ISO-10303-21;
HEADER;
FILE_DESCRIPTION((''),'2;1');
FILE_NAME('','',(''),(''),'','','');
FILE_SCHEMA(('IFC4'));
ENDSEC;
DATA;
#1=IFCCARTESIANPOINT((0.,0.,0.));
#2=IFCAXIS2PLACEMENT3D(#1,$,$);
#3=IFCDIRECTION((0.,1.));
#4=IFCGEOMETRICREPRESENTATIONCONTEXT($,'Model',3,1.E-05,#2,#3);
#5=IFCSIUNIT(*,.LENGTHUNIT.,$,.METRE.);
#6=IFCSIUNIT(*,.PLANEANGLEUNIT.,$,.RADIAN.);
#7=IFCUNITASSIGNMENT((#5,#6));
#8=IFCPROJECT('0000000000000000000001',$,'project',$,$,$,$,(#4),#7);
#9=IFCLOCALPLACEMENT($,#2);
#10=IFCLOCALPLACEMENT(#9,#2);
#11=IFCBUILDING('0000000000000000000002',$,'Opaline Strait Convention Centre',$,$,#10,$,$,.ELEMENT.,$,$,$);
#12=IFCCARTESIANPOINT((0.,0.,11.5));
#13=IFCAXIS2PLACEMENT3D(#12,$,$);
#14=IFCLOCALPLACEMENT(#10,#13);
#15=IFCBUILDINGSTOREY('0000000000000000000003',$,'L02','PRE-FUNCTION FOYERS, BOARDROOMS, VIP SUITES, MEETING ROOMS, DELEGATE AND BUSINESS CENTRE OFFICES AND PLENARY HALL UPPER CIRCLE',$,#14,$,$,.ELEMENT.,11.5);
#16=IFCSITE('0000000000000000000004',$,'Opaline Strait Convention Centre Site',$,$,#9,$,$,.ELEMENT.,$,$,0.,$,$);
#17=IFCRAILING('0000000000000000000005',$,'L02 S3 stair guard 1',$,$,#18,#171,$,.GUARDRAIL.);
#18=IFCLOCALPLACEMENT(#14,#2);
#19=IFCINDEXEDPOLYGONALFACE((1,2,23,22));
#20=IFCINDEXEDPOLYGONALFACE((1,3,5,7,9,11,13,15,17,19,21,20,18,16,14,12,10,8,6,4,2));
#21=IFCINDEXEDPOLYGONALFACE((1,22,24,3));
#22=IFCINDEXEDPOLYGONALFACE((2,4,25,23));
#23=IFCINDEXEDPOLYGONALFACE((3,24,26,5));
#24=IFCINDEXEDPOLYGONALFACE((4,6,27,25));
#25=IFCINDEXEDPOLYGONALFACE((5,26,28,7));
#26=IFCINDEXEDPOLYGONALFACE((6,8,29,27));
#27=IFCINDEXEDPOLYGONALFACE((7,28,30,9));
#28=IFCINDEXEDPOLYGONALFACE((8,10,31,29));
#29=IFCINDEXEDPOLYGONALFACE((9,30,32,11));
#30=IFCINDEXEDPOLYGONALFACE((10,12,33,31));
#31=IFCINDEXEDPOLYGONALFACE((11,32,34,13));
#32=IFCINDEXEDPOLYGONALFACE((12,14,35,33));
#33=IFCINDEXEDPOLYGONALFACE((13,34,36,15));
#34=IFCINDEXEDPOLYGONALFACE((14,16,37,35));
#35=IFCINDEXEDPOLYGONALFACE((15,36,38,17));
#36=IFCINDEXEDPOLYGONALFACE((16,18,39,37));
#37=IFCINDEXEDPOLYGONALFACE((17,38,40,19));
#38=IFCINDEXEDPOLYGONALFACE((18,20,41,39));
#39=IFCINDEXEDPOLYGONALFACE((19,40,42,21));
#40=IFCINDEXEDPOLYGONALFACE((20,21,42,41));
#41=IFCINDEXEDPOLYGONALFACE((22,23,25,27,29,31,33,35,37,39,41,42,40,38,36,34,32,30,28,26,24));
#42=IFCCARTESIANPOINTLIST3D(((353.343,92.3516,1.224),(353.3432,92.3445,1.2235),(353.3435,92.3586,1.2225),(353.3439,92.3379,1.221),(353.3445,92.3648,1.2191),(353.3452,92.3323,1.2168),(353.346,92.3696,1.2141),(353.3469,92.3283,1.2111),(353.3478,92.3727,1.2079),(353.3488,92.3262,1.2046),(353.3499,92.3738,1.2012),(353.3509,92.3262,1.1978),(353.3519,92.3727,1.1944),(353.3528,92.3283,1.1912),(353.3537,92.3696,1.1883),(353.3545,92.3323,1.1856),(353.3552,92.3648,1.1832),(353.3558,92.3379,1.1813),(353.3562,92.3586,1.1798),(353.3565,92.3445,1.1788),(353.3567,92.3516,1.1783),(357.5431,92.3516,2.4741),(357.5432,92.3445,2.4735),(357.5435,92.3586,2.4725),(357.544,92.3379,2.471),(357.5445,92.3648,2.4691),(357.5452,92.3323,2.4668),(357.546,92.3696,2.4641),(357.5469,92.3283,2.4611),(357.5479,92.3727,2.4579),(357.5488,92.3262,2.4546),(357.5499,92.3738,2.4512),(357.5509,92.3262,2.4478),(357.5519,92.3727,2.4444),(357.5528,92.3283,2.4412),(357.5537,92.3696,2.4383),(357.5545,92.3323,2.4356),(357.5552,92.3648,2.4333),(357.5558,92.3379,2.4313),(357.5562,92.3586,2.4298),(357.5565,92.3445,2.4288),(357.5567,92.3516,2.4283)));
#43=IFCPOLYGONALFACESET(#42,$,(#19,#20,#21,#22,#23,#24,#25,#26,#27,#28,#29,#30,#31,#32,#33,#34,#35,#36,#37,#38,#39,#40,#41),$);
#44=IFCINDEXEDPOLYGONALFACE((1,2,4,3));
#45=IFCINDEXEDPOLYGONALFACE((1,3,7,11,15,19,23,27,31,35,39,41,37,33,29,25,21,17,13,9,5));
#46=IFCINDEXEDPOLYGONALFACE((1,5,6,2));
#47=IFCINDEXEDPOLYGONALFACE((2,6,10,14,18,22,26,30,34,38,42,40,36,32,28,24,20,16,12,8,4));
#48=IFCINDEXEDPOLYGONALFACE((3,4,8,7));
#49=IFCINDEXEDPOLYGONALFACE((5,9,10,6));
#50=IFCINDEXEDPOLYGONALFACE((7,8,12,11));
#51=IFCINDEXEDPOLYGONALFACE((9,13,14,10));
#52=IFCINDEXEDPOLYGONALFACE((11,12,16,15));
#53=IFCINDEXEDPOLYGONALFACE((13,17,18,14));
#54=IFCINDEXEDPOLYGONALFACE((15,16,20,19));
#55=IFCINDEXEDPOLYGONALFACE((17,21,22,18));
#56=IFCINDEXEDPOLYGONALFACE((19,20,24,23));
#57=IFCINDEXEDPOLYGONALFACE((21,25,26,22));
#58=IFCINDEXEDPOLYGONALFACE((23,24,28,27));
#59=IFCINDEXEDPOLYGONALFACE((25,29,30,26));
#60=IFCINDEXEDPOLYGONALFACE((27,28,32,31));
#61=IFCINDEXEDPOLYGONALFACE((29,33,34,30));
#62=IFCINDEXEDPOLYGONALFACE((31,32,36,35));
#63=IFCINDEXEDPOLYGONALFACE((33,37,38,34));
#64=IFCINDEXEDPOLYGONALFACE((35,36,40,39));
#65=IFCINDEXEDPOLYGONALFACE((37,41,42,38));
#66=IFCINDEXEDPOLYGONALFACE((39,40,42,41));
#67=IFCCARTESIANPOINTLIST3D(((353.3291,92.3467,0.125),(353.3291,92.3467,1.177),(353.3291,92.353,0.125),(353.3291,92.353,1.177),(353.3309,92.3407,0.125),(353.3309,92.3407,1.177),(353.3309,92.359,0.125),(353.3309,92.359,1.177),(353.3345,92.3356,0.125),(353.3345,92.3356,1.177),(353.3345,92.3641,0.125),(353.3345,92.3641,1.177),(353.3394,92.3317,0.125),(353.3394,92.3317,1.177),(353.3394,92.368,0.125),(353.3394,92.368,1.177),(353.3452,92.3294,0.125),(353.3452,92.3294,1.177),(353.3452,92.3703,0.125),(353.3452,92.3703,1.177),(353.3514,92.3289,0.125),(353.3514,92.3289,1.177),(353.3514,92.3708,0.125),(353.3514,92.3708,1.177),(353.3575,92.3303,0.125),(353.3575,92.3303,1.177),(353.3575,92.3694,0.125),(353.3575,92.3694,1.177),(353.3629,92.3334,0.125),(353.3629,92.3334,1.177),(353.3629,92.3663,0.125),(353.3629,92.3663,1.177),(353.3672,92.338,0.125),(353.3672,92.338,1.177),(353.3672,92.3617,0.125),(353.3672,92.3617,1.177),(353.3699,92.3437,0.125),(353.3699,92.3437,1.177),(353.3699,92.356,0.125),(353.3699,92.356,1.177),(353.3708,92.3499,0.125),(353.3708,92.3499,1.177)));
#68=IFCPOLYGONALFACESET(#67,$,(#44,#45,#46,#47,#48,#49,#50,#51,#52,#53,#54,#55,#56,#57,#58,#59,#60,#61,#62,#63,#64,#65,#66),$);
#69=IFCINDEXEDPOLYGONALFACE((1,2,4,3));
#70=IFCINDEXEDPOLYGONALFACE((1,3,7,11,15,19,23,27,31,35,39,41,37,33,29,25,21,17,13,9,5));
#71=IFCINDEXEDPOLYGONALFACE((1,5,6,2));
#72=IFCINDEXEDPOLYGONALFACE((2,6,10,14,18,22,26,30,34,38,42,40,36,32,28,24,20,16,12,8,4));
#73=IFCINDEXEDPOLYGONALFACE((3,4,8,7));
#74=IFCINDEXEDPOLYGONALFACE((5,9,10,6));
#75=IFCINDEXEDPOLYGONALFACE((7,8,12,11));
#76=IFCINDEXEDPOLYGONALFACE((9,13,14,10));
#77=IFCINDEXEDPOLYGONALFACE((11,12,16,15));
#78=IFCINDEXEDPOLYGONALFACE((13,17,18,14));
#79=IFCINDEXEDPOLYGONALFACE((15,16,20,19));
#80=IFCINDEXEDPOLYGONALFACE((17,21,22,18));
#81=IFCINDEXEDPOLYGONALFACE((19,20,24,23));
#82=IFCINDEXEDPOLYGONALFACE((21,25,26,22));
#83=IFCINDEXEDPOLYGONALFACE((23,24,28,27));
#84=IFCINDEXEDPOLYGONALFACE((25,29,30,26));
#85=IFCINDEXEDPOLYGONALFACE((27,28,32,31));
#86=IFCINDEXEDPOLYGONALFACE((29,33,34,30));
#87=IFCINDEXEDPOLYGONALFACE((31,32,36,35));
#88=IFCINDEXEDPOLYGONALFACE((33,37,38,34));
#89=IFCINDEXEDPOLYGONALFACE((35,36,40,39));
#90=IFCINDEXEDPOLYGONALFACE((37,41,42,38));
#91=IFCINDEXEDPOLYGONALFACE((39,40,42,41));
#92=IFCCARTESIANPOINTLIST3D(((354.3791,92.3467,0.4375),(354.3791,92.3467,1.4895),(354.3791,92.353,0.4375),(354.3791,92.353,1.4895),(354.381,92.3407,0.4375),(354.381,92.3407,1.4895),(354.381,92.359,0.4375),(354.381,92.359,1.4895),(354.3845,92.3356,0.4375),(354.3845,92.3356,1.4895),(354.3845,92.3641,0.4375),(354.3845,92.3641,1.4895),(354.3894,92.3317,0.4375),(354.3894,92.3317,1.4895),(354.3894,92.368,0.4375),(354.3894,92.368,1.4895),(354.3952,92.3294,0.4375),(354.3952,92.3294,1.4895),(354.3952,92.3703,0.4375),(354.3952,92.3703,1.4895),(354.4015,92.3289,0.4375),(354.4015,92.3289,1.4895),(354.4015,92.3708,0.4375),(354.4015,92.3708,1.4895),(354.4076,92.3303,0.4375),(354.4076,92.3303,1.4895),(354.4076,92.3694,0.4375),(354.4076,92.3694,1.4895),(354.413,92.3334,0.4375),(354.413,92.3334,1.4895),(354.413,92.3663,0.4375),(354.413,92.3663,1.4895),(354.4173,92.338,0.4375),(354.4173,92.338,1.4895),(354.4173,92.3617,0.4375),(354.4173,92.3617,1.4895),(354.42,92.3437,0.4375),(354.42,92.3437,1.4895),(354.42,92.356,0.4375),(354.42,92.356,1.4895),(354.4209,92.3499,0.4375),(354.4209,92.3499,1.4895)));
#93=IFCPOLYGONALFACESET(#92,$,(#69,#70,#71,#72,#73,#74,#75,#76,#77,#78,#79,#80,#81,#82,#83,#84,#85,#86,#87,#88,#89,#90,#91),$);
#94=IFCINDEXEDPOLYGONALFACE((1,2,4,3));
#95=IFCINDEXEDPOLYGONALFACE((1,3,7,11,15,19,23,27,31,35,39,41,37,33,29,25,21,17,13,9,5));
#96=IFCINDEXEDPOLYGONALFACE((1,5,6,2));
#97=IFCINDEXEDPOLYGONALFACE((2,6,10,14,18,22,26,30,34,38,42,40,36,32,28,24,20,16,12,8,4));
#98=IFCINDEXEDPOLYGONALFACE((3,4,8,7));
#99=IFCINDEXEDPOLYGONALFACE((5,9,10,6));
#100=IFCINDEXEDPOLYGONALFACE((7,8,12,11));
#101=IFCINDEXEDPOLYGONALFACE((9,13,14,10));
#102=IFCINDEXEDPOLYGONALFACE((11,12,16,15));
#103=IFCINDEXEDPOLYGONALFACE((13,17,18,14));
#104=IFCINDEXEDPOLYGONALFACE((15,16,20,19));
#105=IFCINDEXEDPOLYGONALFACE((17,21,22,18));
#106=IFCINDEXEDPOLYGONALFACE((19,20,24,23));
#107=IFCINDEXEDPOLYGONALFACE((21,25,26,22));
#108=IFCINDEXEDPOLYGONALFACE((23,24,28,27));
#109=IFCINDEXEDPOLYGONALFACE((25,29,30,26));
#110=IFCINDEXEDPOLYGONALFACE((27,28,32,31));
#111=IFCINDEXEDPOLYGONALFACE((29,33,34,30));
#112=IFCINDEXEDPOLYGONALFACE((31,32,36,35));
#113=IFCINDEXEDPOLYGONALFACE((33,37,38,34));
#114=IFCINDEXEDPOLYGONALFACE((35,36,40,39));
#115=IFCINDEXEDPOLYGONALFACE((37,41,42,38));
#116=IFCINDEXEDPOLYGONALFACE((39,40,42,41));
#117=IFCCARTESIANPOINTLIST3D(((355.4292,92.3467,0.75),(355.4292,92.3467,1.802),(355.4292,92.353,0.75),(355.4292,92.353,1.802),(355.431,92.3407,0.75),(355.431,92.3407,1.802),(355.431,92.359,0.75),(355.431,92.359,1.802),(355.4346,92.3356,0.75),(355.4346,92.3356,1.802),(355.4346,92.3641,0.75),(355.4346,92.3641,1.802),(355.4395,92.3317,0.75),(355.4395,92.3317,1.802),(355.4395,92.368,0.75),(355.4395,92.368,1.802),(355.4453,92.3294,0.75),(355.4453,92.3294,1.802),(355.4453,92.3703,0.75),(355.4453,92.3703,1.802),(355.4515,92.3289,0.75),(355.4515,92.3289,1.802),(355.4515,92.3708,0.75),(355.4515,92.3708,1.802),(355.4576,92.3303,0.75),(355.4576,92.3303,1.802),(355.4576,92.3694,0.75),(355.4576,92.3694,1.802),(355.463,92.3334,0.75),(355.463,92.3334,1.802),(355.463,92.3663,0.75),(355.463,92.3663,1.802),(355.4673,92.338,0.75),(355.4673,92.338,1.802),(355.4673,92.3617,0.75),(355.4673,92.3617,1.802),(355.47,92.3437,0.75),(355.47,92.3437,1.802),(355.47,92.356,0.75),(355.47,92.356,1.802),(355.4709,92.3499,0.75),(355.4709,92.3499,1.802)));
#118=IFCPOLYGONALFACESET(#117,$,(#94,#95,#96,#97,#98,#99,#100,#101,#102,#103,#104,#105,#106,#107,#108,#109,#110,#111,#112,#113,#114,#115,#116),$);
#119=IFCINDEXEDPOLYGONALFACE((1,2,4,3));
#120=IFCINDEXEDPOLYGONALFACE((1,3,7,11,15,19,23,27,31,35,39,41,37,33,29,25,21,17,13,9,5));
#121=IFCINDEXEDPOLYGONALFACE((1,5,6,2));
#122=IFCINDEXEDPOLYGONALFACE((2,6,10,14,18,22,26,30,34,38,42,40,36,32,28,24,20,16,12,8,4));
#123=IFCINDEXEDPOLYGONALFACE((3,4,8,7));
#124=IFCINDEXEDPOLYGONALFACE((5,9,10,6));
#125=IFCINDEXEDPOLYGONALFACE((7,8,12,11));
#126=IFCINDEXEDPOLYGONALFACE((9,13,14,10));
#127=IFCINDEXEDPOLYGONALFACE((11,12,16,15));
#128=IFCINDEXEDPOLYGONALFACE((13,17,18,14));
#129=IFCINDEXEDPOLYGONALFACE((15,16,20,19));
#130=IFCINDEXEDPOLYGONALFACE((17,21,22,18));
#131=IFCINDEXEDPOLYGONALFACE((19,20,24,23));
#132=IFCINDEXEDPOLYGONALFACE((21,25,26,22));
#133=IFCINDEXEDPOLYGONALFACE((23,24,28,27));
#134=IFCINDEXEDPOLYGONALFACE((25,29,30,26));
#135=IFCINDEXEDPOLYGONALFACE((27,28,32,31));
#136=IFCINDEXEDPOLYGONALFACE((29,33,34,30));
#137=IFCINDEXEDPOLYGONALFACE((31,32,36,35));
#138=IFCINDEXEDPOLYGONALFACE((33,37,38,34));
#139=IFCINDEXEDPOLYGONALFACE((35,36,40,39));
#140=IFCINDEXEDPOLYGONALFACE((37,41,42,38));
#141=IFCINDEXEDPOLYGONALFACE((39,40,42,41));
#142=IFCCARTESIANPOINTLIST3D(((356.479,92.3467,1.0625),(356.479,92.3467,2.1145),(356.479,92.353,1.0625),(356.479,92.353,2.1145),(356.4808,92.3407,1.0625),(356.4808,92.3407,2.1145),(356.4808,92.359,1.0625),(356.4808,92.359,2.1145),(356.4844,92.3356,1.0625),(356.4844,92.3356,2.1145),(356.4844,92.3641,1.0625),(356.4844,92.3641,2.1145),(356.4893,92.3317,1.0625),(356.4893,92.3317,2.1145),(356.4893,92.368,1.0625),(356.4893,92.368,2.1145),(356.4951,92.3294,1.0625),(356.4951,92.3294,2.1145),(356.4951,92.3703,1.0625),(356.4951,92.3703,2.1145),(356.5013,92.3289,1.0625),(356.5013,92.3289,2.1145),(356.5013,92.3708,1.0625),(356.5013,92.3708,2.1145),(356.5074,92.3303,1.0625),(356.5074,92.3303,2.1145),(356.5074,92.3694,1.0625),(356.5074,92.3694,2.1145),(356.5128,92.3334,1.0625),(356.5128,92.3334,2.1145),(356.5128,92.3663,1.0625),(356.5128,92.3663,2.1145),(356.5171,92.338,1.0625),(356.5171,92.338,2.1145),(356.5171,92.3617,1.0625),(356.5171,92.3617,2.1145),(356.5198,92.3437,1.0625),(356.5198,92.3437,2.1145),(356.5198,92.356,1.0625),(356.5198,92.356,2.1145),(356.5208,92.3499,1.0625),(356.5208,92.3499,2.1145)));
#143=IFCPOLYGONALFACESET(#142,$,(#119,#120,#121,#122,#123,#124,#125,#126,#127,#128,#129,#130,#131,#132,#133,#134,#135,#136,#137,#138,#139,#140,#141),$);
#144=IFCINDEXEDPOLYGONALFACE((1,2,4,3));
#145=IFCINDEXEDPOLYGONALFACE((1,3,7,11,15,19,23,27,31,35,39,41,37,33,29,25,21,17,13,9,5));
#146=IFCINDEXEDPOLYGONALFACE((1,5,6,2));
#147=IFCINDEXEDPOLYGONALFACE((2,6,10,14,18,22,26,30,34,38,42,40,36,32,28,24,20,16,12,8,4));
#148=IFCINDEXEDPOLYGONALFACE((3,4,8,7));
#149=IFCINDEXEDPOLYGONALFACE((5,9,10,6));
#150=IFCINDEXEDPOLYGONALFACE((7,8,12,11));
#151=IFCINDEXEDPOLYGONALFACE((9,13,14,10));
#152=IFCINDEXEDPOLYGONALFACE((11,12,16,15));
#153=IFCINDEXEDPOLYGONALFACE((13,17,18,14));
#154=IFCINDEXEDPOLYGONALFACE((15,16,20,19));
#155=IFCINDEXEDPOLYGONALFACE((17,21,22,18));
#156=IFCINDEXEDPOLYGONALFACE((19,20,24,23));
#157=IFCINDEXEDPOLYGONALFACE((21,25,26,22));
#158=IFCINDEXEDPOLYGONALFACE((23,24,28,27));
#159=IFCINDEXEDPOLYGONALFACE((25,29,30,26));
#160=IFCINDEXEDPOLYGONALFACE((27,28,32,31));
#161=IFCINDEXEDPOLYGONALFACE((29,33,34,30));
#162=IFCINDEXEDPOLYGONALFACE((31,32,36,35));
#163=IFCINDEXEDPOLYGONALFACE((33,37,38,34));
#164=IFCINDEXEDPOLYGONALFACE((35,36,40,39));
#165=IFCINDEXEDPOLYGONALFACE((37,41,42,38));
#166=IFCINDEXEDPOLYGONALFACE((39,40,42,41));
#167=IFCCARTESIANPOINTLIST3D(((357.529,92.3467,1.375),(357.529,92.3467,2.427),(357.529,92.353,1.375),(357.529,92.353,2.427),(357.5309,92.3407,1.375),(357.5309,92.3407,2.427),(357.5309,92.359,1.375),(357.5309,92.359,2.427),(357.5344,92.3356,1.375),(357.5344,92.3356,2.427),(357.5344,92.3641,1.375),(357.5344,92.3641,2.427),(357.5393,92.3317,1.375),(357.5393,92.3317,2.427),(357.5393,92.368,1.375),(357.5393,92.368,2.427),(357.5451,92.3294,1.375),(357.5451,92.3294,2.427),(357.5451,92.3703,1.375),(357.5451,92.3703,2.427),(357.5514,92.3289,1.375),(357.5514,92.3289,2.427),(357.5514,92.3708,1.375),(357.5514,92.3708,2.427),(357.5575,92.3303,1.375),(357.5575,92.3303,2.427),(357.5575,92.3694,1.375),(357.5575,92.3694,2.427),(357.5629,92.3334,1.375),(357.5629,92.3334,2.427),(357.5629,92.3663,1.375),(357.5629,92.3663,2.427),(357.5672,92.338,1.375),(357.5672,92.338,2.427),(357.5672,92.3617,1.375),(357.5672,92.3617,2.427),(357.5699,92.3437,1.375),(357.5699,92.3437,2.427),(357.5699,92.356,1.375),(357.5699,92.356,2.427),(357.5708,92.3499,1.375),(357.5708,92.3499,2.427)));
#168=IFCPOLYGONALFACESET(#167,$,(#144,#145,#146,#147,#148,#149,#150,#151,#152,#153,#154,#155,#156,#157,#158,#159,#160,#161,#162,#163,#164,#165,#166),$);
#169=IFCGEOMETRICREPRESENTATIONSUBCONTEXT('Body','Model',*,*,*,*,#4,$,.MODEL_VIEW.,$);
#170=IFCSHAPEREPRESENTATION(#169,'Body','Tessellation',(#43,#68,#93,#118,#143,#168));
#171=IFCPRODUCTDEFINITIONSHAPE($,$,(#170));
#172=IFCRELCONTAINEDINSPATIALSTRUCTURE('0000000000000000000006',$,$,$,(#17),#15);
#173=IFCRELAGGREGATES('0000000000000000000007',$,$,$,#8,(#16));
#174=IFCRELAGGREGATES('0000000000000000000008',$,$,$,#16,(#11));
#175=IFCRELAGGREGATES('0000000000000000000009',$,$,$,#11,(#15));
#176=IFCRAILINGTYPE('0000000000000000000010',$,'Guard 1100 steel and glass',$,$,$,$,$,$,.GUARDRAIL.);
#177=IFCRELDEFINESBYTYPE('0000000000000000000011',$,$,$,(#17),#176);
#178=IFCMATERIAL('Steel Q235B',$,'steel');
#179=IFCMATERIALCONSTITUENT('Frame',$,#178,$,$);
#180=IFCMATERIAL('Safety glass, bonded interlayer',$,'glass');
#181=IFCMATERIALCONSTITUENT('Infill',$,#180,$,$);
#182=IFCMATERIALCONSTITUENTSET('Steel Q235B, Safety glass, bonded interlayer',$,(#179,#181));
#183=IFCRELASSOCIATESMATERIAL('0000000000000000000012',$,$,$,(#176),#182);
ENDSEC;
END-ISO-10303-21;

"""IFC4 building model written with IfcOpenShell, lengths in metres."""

from ifc_helpers import new_model, si_unit, direction, frame, origin, origin_2d, place, context, subcontext, project, spatial, circle, extrude, material, constituent, constituent_set, type_object, element, save


model = new_model("IFC4")

# Units and contexts
model_context = context("Model", 3, precision=1e-05, world=origin(), true_north=direction((0.0, 1.0)))
body_context = subcontext(model_context, "Body", "Model", "MODEL_VIEW")
ifc_project = project(units=[si_unit("LENGTHUNIT", "METRE"), si_unit("PLANEANGLEUNIT", "RADIAN")], contexts=[model_context])

# Site, building, storey
site_placement = place(None, origin())
site = spatial("IfcSite", under=ifc_project, at=site_placement, Name="Opaline Strait Convention Centre Site", CompositionType="ELEMENT", RefElevation=0.0)
building_placement = place(site_placement, origin())
building = spatial("IfcBuilding", under=site, at=building_placement, Name="Opaline Strait Convention Centre", CompositionType="ELEMENT")
storey_placement = place(building_placement, frame((0.0, 0.0, 11.5)))
storey = spatial("IfcBuildingStorey", under=building, at=storey_placement, Name="L02", Description="PRE-FUNCTION FOYERS, BOARDROOMS, VIP SUITES, MEETING ROOMS, DELEGATE AND BUSINESS CENTRE OFFICES AND PLENARY HALL UPPER CIRCLE", CompositionType="ELEMENT", Elevation=11.5)

# Railing
ifc_material_1 = material(Name="Steel Q235B", Category="steel")
ifc_constituent_1 = constituent(ifc_material_1, Name="Frame")
ifc_material_2 = material(Name="Safety glass, bonded interlayer", Category="glass")
ifc_constituent_2 = constituent(ifc_material_2, Name="Infill")
ifc_constituent_set = constituent_set(constituents=[ifc_constituent_1, ifc_constituent_2], Name="Steel Q235B, Safety glass, bonded interlayer")
railing_type_1 = type_object("IfcRailingType", Name="Guard 1100 steel and glass", PredefinedType="GUARDRAIL", material=ifc_constituent_set)
railing_1_placement = place(storey_placement, frame((353.3499, 92.3499, 0.125)))
element("IfcRailing", 1, at=railing_1_placement, inside=storey, type_object=railing_type_1, Name="L02 S3 stair guard 1", PredefinedType="GUARDRAIL", context=body_context, shape_type="SweptSolid", body=[
    extrude(circle(Radius=0.0239, at=origin_2d()), frame((0.0, 0.0, 1.0762), z_axis=(0.958451, 0.0, 0.285257), x_axis=(0.0, 1.0, 0.0)), (0.0, 0.0, 1.0), 4.3821),
    extrude(circle(Radius=0.021, at=origin_2d()), origin(), (0.0, 0.0, 1.0), 1.052),
    extrude(circle(Radius=0.021, at=origin_2d()), frame((1.05, 0.0, 0.3125)), (0.0, 0.0, 1.0), 1.052),
    extrude(circle(Radius=0.021, at=origin_2d()), frame((2.1001, 0.0, 0.625)), (0.0, 0.0, 1.0), 1.052),
    extrude(circle(Radius=0.021, at=origin_2d()), frame((3.1499, 0.0, 0.9375)), (0.0, 0.0, 1.0), 1.052),
    extrude(circle(Radius=0.021, at=origin_2d()), frame((4.2, 0.0, 1.25)), (0.0, 0.0, 1.0), 1.052),
])

save(model, "model.ifc")
